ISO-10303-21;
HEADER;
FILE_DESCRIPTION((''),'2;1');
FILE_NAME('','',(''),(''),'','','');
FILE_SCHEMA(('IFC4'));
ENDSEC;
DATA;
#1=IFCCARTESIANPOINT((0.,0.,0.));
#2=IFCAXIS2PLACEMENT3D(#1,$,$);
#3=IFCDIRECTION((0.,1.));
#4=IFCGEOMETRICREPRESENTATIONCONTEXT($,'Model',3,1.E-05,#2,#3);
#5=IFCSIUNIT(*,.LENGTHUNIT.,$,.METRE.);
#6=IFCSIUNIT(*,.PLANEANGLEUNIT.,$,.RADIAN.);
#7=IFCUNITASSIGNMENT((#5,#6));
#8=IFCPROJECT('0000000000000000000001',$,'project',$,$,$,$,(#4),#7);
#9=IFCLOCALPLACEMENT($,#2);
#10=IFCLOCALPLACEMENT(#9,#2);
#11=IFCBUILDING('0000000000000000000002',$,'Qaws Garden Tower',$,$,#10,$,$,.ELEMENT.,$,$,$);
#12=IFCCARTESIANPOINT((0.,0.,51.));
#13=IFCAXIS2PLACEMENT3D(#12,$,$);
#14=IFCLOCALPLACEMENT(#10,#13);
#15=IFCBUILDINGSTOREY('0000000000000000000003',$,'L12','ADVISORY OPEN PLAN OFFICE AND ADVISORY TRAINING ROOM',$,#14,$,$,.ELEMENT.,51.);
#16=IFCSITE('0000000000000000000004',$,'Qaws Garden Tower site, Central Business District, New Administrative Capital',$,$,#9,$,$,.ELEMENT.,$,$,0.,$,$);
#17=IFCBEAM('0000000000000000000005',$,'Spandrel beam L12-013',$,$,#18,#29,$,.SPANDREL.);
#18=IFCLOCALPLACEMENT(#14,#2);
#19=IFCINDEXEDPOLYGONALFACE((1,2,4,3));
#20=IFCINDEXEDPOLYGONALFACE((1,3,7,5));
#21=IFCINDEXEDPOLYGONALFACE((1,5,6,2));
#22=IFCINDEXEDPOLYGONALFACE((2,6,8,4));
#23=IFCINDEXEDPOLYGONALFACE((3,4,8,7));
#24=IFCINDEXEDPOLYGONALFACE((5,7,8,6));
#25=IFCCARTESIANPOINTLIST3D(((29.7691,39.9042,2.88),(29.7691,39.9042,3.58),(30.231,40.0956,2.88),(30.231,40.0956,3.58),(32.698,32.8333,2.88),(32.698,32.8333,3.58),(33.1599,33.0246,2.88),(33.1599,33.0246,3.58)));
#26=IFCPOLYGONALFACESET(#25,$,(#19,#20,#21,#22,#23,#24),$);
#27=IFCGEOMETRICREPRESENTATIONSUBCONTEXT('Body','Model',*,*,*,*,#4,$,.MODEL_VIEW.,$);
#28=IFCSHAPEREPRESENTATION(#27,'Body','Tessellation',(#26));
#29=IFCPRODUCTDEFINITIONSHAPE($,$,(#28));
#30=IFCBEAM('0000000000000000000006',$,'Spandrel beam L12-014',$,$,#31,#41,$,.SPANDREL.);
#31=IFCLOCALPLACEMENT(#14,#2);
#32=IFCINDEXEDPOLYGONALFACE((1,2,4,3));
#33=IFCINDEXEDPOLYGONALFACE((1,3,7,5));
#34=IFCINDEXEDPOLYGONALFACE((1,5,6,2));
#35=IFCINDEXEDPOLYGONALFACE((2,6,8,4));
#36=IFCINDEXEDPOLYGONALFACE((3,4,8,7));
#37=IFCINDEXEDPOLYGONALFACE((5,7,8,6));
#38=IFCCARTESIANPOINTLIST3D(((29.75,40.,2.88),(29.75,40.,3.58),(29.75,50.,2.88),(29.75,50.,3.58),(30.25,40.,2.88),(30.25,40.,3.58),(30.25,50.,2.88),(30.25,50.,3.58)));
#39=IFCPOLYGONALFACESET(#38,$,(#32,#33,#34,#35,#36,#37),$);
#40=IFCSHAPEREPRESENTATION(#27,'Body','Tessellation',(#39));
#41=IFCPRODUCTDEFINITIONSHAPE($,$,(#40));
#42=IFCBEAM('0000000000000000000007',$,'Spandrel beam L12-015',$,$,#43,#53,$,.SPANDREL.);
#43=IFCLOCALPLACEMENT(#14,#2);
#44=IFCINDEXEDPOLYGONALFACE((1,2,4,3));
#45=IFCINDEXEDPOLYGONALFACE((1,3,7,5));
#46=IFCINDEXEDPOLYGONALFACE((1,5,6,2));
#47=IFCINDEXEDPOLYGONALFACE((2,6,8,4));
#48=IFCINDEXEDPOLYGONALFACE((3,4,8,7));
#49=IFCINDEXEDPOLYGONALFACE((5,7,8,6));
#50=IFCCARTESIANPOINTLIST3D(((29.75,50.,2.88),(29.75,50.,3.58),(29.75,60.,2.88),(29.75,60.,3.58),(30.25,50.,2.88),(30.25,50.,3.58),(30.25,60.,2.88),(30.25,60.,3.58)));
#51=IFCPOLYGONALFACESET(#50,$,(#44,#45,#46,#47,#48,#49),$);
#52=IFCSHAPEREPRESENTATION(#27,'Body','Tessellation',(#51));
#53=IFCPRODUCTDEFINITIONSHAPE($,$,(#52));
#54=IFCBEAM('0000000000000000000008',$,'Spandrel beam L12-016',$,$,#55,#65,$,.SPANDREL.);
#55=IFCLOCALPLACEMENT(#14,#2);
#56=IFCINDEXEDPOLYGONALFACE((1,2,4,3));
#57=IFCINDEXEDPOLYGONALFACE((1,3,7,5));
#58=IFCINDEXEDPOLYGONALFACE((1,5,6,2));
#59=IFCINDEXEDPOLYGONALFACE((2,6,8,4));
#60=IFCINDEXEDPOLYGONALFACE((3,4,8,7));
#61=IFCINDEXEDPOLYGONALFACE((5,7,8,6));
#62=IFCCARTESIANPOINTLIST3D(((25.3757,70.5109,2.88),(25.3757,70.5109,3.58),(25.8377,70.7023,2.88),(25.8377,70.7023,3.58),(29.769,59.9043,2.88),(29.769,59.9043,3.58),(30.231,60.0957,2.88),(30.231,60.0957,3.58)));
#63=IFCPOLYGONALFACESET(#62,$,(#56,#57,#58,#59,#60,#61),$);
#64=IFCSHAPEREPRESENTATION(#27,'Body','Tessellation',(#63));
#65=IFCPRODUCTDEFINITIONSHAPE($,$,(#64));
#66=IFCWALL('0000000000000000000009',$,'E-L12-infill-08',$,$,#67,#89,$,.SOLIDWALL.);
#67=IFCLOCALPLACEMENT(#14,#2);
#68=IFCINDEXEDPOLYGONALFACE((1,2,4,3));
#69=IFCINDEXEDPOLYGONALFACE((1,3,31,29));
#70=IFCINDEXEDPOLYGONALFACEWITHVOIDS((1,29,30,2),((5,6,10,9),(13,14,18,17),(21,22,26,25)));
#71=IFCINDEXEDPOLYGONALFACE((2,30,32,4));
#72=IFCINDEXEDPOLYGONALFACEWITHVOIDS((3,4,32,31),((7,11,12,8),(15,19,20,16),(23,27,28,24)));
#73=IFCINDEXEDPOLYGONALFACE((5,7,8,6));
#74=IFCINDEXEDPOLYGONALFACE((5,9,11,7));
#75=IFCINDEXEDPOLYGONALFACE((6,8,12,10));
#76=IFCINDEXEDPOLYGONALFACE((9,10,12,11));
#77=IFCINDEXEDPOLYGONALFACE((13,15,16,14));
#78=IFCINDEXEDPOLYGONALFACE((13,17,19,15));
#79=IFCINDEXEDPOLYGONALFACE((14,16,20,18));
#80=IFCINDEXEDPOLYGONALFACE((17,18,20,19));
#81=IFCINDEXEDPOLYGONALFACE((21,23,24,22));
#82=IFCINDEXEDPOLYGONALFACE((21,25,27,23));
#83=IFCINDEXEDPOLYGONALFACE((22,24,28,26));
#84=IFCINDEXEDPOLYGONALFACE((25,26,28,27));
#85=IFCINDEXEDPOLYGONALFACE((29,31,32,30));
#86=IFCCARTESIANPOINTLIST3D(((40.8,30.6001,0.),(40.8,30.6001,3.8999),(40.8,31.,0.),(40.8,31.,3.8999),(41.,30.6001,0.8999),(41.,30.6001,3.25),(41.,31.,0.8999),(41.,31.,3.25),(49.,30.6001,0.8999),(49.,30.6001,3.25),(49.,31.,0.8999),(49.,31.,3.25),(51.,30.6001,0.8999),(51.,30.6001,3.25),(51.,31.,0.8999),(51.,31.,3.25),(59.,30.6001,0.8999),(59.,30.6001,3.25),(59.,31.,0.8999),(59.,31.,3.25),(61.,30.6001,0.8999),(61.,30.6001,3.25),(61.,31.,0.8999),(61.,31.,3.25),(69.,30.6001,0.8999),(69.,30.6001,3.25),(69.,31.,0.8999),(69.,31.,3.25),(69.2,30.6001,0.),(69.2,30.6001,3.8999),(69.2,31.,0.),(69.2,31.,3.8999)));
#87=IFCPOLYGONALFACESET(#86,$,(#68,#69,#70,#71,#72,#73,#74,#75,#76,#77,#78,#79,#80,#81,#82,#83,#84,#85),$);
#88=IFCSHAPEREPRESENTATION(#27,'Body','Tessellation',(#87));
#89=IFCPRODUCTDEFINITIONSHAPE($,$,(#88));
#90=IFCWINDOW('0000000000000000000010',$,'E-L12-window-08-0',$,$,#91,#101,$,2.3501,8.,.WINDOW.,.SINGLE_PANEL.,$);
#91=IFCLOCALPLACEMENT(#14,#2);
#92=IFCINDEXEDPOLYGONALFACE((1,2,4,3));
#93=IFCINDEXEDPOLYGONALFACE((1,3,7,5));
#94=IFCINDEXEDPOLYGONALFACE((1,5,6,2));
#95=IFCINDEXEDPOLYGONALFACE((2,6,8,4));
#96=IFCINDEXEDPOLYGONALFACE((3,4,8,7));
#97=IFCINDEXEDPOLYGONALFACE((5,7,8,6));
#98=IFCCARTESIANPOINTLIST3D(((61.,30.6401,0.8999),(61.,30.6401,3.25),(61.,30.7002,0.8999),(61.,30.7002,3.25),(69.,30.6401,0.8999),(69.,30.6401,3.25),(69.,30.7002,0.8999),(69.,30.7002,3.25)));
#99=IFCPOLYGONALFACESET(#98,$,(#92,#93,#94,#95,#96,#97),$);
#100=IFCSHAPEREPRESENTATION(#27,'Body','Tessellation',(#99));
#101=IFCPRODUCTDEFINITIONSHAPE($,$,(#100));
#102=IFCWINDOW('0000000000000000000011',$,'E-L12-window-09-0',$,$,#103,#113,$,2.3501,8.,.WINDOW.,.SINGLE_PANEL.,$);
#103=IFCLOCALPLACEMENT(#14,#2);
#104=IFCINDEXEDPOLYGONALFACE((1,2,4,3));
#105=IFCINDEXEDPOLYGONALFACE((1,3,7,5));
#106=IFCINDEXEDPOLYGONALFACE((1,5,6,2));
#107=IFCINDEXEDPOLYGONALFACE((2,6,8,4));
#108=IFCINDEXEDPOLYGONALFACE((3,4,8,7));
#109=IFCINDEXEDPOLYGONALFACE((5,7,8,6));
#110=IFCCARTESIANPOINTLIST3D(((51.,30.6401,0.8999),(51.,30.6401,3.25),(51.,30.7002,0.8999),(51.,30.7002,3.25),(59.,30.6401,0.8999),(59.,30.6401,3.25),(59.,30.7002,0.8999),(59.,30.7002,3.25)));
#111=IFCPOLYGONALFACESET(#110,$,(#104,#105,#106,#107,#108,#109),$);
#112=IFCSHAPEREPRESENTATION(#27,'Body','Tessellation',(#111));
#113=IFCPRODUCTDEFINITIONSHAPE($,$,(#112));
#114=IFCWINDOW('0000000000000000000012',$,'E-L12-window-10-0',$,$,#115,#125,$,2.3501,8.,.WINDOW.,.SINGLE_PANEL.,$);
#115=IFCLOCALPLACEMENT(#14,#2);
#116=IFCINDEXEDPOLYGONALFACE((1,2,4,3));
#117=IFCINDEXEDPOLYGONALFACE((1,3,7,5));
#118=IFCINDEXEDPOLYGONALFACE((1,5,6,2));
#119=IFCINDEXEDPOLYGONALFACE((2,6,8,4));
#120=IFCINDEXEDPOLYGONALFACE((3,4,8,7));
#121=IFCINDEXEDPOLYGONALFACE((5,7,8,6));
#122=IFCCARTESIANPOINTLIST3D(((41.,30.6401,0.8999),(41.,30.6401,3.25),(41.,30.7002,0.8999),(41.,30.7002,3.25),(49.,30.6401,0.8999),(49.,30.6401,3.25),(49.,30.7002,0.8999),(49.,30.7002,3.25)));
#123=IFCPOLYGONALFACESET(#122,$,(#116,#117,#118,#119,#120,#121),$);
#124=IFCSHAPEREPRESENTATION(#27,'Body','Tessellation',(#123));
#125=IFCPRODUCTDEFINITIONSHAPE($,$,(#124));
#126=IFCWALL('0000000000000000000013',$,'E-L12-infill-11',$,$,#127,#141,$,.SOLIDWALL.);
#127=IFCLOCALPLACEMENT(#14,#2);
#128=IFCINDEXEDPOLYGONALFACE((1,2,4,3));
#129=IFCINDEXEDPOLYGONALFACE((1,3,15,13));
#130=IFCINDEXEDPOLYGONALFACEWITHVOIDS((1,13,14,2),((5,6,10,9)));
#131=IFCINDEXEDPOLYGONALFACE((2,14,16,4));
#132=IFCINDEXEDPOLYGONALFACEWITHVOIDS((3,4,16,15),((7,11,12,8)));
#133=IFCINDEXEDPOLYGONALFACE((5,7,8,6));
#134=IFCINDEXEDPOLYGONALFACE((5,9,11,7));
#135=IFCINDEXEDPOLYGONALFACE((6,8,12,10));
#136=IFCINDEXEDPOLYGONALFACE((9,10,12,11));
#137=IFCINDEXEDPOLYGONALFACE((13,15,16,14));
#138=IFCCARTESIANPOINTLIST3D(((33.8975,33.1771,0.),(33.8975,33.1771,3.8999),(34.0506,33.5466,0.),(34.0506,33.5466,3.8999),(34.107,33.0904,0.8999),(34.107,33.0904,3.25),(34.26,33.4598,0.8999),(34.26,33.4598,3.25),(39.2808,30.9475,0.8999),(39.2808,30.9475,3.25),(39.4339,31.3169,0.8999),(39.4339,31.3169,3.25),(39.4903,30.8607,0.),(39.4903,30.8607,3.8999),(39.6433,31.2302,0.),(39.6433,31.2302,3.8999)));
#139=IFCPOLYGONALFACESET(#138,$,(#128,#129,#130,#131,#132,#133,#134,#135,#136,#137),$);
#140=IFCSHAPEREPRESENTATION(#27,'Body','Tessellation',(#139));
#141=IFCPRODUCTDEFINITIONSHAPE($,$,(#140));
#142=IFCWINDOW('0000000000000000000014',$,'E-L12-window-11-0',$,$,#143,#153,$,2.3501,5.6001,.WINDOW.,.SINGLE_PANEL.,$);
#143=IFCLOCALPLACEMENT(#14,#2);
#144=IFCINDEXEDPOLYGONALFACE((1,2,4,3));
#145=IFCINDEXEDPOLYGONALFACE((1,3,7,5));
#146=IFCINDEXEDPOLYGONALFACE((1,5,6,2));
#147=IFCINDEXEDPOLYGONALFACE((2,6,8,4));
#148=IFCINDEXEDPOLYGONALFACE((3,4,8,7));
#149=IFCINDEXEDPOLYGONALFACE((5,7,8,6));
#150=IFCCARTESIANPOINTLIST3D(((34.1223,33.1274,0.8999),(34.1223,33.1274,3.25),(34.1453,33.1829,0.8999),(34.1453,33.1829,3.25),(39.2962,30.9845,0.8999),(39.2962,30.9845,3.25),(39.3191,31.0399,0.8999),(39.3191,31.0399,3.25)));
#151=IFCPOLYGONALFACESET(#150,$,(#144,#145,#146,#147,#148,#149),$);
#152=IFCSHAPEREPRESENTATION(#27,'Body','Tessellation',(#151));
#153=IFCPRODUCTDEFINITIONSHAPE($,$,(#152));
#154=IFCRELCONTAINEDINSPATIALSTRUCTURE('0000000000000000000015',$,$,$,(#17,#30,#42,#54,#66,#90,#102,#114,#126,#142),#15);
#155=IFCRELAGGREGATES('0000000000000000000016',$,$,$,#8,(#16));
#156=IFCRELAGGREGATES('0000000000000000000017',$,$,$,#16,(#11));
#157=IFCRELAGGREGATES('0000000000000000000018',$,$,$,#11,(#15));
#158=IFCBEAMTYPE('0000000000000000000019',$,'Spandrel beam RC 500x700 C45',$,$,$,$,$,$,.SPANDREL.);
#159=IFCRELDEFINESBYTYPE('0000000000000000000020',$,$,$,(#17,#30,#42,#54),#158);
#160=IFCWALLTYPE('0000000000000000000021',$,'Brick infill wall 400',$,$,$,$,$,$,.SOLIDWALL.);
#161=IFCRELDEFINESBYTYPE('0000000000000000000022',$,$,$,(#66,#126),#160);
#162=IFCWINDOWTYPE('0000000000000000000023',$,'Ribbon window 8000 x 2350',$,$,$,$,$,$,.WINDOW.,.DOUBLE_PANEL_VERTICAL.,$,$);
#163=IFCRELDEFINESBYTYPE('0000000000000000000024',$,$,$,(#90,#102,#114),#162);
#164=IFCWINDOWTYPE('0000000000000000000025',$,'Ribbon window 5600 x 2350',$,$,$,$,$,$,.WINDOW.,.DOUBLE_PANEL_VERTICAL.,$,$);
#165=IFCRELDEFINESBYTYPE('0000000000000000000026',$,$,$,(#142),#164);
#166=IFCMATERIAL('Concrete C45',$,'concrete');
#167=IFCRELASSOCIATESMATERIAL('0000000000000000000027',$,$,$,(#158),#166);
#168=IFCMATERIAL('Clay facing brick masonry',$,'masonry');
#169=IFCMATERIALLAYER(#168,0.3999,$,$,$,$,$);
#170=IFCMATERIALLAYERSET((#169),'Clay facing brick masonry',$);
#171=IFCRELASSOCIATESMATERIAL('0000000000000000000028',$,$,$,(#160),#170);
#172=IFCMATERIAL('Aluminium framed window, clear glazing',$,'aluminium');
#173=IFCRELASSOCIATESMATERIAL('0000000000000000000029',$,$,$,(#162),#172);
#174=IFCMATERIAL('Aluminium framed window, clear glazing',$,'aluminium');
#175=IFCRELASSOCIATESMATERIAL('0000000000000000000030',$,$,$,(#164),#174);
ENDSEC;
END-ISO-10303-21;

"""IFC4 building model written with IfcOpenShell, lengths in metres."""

from ifc_helpers import new_model, si_unit, direction, frame, frame_2d, origin, origin_2d, place, context, subcontext, project, spatial, rectangle, extrude, material, layer, layer_set, material_profile, profile_set, type_object, element, fill, save


model = new_model("IFC4")

# Units and contexts
model_context = context("Model", 3, precision=1e-05, world=origin(), true_north=direction((0.0, 1.0)))
body_context = subcontext(model_context, "Body", "Model", "MODEL_VIEW")
ifc_project = project(units=[si_unit("LENGTHUNIT", "METRE"), si_unit("PLANEANGLEUNIT", "RADIAN")], contexts=[model_context])

# Site, building, storey
site_placement = place(None, origin())
site = spatial("IfcSite", under=ifc_project, at=site_placement, Name="Qaws Garden Tower site, Central Business District, New Administrative Capital", CompositionType="ELEMENT", RefElevation=0.0)
building_placement = place(site_placement, origin())
building = spatial("IfcBuilding", under=site, at=building_placement, Name="Qaws Garden Tower", CompositionType="ELEMENT")
storey_placement = place(building_placement, frame((0.0, 0.0, 51.0)))
storey = spatial("IfcBuildingStorey", under=building, at=storey_placement, Name="L12", Description="ADVISORY OPEN PLAN OFFICE AND ADVISORY TRAINING ROOM", CompositionType="ELEMENT", Elevation=51.0)

# Beams
ifc_material_1 = material(Name="Concrete C45", Category="concrete")
ifc_material_profile_1 = material_profile(ifc_material_1, rectangle(XDim=0.5, YDim=0.7, at=origin_2d()), Name="RC 500x700")
ifc_profile_set_1 = profile_set([ifc_material_profile_1], Name="Concrete C45")
beam_type = type_object("IfcBeamType", Name="Spandrel beam RC 500x700 C45", PredefinedType="SPANDREL", material=ifc_profile_set_1)
beam_1_placement = place(storey_placement, frame((32.929, 32.929, 3.23), z_axis=(-0.382687, 0.923878, 0.0), x_axis=(-0.923878, -0.382687, 0.0)))
element("IfcBeam", 1, at=beam_1_placement, inside=storey, type_object=beam_type, Name="Spandrel beam L12-013", PredefinedType="SPANDREL", context=body_context, shape_type="SweptSolid", body=[
    extrude(rectangle(XDim=0.5, YDim=0.7, at=origin_2d()), origin(), (0.0, 0.0, 1.0), 7.6536),
])
for number, where, z_axis, x_axis, name in (
    (2, (30.0, 40.0, 3.23), (0.0, 1.0, 0.0), (-1.0, 0.0, 0.0), "Spandrel beam L12-014"),
    (3, (30.0, 50.0, 3.23), (0.0, 1.0, 0.0), (-1.0, 0.0, 0.0), "Spandrel beam L12-015"),
):
    element("IfcBeam", number, at=place(storey_placement, frame(where, z_axis=z_axis, x_axis=x_axis)), inside=storey, type_object=beam_type, Name=name, PredefinedType="SPANDREL", context=body_context, shape_type="SweptSolid", body=[
        extrude(rectangle(XDim=0.5, YDim=0.7, at=origin_2d()), origin(), (0.0, 0.0, 1.0), 10.0),
    ])
beam_2_placement = place(storey_placement, frame((30.0, 60.0, 3.23), z_axis=(-0.382674, 0.923883, 0.0), x_axis=(-0.923883, -0.382674, 0.0)))
element("IfcBeam", 4, at=beam_2_placement, inside=storey, type_object=beam_type, Name="Spandrel beam L12-016", PredefinedType="SPANDREL", context=body_context, shape_type="SweptSolid", body=[
    extrude(rectangle(XDim=0.5, YDim=0.7, at=origin_2d()), origin(), (0.0, 0.0, 1.0), 11.4805),
])

# Wall, openings, windows
ifc_material_2 = material(Name="Clay facing brick masonry", Category="masonry")
ifc_layer_1 = layer(ifc_material_2, 0.3999)
ifc_layer_set_1 = layer_set([ifc_layer_1], Name="Clay facing brick masonry")
wall_type_1 = type_object("IfcWallType", Name="Brick infill wall 400", PredefinedType="SOLIDWALL", material=ifc_layer_set_1)
wall_1_placement = place(storey_placement, frame((69.2, 30.8, 0.0), z_axis=(0.0, 0.0, 1.0), x_axis=(-1.0, 0.0, 0.0)))
wall_1 = element("IfcWall", 5, at=wall_1_placement, inside=storey, type_object=wall_type_1, Name="E-L12-infill-08", PredefinedType="SOLIDWALL", context=body_context, shape_type="SweptSolid", body=[
    extrude(rectangle(XDim=28.3999, YDim=0.3999, at=frame_2d((14.2, 0.0))), origin(), (0.0, 0.0, 1.0), 3.8999),
])
opening_1_placement = place(wall_1_placement, frame((0.2, 0.0, 0.8999)))
opening_1 = element("IfcOpeningElement", 6, at=opening_1_placement, cuts=wall_1, PredefinedType="OPENING", context=body_context, shape_type="SweptSolid", body=[
    extrude(rectangle(XDim=8.0, YDim=2.3501, at=frame_2d((4.0, 1.175))), frame((0.0, 0.21, 0.0), z_axis=(0.0, -1.0, 0.0), x_axis=(1.0, 0.0, 0.0)), (0.0, 0.0, 1.0), 0.4199),
])
opening_2_placement = place(wall_1_placement, frame((10.2, 0.0, 0.8999)))
opening_2 = element("IfcOpeningElement", 7, at=opening_2_placement, cuts=wall_1, PredefinedType="OPENING", context=body_context, shape_type="SweptSolid", body=[
    extrude(rectangle(XDim=8.0, YDim=2.3501, at=frame_2d((4.0, 1.175))), frame((0.0, 0.21, 0.0), z_axis=(0.0, -1.0, 0.0), x_axis=(1.0, 0.0, 0.0)), (0.0, 0.0, 1.0), 0.4199),
])
opening_3_placement = place(wall_1_placement, frame((20.2, 0.0, 0.8999)))
opening_3 = element("IfcOpeningElement", 8, at=opening_3_placement, cuts=wall_1, PredefinedType="OPENING", context=body_context, shape_type="SweptSolid", body=[
    extrude(rectangle(XDim=8.0, YDim=2.3501, at=frame_2d((4.0, 1.175))), frame((0.0, 0.21, 0.0), z_axis=(0.0, -1.0, 0.0), x_axis=(1.0, 0.0, 0.0)), (0.0, 0.0, 1.0), 0.4199),
])
ifc_material_3 = material(Name="Aluminium framed window, clear glazing", Category="aluminium")
window_type_1 = type_object("IfcWindowType", Name="Ribbon window 8000 x 2350", PartitioningType="DOUBLE_PANEL_VERTICAL", PredefinedType="WINDOW", material=ifc_material_3)
window_1_placement = place(opening_1_placement, origin())
window_1 = element("IfcWindow", 9, at=window_1_placement, inside=storey, type_object=window_type_1, Name="E-L12-window-08-0", OverallHeight=2.3501, OverallWidth=8.0, PartitioningType="SINGLE_PANEL", PredefinedType="WINDOW", context=body_context, shape_type="SweptSolid", body=[
    extrude(rectangle(XDim=8.0, YDim=2.3501, at=frame_2d((4.0, 1.175))), frame((0.0, 0.1599, 0.0), z_axis=(0.0, -1.0, 0.0), x_axis=(1.0, 0.0, 0.0)), (0.0, 0.0, 1.0), 0.0601),
])
fill(opening_1, window_1)
window_2_placement = place(opening_2_placement, origin())
window_2 = element("IfcWindow", 10, at=window_2_placement, inside=storey, type_object=window_type_1, Name="E-L12-window-09-0", OverallHeight=2.3501, OverallWidth=8.0, PartitioningType="SINGLE_PANEL", PredefinedType="WINDOW", context=body_context, shape_type="SweptSolid", body=[
    extrude(rectangle(XDim=8.0, YDim=2.3501, at=frame_2d((4.0, 1.175))), frame((0.0, 0.1599, 0.0), z_axis=(0.0, -1.0, 0.0), x_axis=(1.0, 0.0, 0.0)), (0.0, 0.0, 1.0), 0.0601),
])
fill(opening_2, window_2)
window_3_placement = place(opening_3_placement, origin())
window_3 = element("IfcWindow", 11, at=window_3_placement, inside=storey, type_object=window_type_1, Name="E-L12-window-10-0", OverallHeight=2.3501, OverallWidth=8.0, PartitioningType="SINGLE_PANEL", PredefinedType="WINDOW", context=body_context, shape_type="SweptSolid", body=[
    extrude(rectangle(XDim=8.0, YDim=2.3501, at=frame_2d((4.0, 1.175))), frame((0.0, 0.1599, 0.0), z_axis=(0.0, -1.0, 0.0), x_axis=(1.0, 0.0, 0.0)), (0.0, 0.0, 1.0), 0.0601),
])
fill(opening_3, window_3)

# Wall, opening, window
wall_2_placement = place(storey_placement, frame((39.5669, 31.0454, 0.0), z_axis=(0.0, 0.0, 1.0), x_axis=(-0.923891, 0.382656, 0.0)))
wall_2 = element("IfcWall", 12, at=wall_2_placement, inside=storey, type_object=wall_type_1, Name="E-L12-infill-11", PredefinedType="SOLIDWALL", context=body_context, shape_type="SweptSolid", body=[
    extrude(rectangle(XDim=6.0535, YDim=0.3999, at=frame_2d((3.0269, 0.0))), origin(), (0.0, 0.0, 1.0), 3.8999),
])
opening_4_placement = place(wall_2_placement, frame((0.2268, 0.0, 0.8999)))
opening_4 = element("IfcOpeningElement", 13, at=opening_4_placement, cuts=wall_2, PredefinedType="OPENING", context=body_context, shape_type="SweptSolid", body=[
    extrude(rectangle(XDim=5.6001, YDim=2.3501, at=frame_2d((2.8, 1.175))), frame((0.0, 0.21, 0.0), z_axis=(0.0, -1.0, 0.0), x_axis=(1.0, 0.0, 0.0)), (0.0, 0.0, 1.0), 0.4199),
])
ifc_material_4 = material(Name="Aluminium framed window, clear glazing", Category="aluminium")
window_type_2 = type_object("IfcWindowType", Name="Ribbon window 5600 x 2350", PartitioningType="DOUBLE_PANEL_VERTICAL", PredefinedType="WINDOW", material=ifc_material_4)
window_4_placement = place(opening_4_placement, origin())
window_4 = element("IfcWindow", 14, at=window_4_placement, inside=storey, type_object=window_type_2, Name="E-L12-window-11-0", OverallHeight=2.3501, OverallWidth=5.6001, PartitioningType="SINGLE_PANEL", PredefinedType="WINDOW", context=body_context, shape_type="SweptSolid", body=[
    extrude(rectangle(XDim=5.6001, YDim=2.3501, at=frame_2d((2.8, 1.175))), frame((0.0, 0.1599, 0.0), z_axis=(0.0, -1.0, 0.0), x_axis=(1.0, 0.0, 0.0)), (0.0, 0.0, 1.0), 0.0601),
])
fill(opening_4, window_4)

save(model, "model.ifc")
